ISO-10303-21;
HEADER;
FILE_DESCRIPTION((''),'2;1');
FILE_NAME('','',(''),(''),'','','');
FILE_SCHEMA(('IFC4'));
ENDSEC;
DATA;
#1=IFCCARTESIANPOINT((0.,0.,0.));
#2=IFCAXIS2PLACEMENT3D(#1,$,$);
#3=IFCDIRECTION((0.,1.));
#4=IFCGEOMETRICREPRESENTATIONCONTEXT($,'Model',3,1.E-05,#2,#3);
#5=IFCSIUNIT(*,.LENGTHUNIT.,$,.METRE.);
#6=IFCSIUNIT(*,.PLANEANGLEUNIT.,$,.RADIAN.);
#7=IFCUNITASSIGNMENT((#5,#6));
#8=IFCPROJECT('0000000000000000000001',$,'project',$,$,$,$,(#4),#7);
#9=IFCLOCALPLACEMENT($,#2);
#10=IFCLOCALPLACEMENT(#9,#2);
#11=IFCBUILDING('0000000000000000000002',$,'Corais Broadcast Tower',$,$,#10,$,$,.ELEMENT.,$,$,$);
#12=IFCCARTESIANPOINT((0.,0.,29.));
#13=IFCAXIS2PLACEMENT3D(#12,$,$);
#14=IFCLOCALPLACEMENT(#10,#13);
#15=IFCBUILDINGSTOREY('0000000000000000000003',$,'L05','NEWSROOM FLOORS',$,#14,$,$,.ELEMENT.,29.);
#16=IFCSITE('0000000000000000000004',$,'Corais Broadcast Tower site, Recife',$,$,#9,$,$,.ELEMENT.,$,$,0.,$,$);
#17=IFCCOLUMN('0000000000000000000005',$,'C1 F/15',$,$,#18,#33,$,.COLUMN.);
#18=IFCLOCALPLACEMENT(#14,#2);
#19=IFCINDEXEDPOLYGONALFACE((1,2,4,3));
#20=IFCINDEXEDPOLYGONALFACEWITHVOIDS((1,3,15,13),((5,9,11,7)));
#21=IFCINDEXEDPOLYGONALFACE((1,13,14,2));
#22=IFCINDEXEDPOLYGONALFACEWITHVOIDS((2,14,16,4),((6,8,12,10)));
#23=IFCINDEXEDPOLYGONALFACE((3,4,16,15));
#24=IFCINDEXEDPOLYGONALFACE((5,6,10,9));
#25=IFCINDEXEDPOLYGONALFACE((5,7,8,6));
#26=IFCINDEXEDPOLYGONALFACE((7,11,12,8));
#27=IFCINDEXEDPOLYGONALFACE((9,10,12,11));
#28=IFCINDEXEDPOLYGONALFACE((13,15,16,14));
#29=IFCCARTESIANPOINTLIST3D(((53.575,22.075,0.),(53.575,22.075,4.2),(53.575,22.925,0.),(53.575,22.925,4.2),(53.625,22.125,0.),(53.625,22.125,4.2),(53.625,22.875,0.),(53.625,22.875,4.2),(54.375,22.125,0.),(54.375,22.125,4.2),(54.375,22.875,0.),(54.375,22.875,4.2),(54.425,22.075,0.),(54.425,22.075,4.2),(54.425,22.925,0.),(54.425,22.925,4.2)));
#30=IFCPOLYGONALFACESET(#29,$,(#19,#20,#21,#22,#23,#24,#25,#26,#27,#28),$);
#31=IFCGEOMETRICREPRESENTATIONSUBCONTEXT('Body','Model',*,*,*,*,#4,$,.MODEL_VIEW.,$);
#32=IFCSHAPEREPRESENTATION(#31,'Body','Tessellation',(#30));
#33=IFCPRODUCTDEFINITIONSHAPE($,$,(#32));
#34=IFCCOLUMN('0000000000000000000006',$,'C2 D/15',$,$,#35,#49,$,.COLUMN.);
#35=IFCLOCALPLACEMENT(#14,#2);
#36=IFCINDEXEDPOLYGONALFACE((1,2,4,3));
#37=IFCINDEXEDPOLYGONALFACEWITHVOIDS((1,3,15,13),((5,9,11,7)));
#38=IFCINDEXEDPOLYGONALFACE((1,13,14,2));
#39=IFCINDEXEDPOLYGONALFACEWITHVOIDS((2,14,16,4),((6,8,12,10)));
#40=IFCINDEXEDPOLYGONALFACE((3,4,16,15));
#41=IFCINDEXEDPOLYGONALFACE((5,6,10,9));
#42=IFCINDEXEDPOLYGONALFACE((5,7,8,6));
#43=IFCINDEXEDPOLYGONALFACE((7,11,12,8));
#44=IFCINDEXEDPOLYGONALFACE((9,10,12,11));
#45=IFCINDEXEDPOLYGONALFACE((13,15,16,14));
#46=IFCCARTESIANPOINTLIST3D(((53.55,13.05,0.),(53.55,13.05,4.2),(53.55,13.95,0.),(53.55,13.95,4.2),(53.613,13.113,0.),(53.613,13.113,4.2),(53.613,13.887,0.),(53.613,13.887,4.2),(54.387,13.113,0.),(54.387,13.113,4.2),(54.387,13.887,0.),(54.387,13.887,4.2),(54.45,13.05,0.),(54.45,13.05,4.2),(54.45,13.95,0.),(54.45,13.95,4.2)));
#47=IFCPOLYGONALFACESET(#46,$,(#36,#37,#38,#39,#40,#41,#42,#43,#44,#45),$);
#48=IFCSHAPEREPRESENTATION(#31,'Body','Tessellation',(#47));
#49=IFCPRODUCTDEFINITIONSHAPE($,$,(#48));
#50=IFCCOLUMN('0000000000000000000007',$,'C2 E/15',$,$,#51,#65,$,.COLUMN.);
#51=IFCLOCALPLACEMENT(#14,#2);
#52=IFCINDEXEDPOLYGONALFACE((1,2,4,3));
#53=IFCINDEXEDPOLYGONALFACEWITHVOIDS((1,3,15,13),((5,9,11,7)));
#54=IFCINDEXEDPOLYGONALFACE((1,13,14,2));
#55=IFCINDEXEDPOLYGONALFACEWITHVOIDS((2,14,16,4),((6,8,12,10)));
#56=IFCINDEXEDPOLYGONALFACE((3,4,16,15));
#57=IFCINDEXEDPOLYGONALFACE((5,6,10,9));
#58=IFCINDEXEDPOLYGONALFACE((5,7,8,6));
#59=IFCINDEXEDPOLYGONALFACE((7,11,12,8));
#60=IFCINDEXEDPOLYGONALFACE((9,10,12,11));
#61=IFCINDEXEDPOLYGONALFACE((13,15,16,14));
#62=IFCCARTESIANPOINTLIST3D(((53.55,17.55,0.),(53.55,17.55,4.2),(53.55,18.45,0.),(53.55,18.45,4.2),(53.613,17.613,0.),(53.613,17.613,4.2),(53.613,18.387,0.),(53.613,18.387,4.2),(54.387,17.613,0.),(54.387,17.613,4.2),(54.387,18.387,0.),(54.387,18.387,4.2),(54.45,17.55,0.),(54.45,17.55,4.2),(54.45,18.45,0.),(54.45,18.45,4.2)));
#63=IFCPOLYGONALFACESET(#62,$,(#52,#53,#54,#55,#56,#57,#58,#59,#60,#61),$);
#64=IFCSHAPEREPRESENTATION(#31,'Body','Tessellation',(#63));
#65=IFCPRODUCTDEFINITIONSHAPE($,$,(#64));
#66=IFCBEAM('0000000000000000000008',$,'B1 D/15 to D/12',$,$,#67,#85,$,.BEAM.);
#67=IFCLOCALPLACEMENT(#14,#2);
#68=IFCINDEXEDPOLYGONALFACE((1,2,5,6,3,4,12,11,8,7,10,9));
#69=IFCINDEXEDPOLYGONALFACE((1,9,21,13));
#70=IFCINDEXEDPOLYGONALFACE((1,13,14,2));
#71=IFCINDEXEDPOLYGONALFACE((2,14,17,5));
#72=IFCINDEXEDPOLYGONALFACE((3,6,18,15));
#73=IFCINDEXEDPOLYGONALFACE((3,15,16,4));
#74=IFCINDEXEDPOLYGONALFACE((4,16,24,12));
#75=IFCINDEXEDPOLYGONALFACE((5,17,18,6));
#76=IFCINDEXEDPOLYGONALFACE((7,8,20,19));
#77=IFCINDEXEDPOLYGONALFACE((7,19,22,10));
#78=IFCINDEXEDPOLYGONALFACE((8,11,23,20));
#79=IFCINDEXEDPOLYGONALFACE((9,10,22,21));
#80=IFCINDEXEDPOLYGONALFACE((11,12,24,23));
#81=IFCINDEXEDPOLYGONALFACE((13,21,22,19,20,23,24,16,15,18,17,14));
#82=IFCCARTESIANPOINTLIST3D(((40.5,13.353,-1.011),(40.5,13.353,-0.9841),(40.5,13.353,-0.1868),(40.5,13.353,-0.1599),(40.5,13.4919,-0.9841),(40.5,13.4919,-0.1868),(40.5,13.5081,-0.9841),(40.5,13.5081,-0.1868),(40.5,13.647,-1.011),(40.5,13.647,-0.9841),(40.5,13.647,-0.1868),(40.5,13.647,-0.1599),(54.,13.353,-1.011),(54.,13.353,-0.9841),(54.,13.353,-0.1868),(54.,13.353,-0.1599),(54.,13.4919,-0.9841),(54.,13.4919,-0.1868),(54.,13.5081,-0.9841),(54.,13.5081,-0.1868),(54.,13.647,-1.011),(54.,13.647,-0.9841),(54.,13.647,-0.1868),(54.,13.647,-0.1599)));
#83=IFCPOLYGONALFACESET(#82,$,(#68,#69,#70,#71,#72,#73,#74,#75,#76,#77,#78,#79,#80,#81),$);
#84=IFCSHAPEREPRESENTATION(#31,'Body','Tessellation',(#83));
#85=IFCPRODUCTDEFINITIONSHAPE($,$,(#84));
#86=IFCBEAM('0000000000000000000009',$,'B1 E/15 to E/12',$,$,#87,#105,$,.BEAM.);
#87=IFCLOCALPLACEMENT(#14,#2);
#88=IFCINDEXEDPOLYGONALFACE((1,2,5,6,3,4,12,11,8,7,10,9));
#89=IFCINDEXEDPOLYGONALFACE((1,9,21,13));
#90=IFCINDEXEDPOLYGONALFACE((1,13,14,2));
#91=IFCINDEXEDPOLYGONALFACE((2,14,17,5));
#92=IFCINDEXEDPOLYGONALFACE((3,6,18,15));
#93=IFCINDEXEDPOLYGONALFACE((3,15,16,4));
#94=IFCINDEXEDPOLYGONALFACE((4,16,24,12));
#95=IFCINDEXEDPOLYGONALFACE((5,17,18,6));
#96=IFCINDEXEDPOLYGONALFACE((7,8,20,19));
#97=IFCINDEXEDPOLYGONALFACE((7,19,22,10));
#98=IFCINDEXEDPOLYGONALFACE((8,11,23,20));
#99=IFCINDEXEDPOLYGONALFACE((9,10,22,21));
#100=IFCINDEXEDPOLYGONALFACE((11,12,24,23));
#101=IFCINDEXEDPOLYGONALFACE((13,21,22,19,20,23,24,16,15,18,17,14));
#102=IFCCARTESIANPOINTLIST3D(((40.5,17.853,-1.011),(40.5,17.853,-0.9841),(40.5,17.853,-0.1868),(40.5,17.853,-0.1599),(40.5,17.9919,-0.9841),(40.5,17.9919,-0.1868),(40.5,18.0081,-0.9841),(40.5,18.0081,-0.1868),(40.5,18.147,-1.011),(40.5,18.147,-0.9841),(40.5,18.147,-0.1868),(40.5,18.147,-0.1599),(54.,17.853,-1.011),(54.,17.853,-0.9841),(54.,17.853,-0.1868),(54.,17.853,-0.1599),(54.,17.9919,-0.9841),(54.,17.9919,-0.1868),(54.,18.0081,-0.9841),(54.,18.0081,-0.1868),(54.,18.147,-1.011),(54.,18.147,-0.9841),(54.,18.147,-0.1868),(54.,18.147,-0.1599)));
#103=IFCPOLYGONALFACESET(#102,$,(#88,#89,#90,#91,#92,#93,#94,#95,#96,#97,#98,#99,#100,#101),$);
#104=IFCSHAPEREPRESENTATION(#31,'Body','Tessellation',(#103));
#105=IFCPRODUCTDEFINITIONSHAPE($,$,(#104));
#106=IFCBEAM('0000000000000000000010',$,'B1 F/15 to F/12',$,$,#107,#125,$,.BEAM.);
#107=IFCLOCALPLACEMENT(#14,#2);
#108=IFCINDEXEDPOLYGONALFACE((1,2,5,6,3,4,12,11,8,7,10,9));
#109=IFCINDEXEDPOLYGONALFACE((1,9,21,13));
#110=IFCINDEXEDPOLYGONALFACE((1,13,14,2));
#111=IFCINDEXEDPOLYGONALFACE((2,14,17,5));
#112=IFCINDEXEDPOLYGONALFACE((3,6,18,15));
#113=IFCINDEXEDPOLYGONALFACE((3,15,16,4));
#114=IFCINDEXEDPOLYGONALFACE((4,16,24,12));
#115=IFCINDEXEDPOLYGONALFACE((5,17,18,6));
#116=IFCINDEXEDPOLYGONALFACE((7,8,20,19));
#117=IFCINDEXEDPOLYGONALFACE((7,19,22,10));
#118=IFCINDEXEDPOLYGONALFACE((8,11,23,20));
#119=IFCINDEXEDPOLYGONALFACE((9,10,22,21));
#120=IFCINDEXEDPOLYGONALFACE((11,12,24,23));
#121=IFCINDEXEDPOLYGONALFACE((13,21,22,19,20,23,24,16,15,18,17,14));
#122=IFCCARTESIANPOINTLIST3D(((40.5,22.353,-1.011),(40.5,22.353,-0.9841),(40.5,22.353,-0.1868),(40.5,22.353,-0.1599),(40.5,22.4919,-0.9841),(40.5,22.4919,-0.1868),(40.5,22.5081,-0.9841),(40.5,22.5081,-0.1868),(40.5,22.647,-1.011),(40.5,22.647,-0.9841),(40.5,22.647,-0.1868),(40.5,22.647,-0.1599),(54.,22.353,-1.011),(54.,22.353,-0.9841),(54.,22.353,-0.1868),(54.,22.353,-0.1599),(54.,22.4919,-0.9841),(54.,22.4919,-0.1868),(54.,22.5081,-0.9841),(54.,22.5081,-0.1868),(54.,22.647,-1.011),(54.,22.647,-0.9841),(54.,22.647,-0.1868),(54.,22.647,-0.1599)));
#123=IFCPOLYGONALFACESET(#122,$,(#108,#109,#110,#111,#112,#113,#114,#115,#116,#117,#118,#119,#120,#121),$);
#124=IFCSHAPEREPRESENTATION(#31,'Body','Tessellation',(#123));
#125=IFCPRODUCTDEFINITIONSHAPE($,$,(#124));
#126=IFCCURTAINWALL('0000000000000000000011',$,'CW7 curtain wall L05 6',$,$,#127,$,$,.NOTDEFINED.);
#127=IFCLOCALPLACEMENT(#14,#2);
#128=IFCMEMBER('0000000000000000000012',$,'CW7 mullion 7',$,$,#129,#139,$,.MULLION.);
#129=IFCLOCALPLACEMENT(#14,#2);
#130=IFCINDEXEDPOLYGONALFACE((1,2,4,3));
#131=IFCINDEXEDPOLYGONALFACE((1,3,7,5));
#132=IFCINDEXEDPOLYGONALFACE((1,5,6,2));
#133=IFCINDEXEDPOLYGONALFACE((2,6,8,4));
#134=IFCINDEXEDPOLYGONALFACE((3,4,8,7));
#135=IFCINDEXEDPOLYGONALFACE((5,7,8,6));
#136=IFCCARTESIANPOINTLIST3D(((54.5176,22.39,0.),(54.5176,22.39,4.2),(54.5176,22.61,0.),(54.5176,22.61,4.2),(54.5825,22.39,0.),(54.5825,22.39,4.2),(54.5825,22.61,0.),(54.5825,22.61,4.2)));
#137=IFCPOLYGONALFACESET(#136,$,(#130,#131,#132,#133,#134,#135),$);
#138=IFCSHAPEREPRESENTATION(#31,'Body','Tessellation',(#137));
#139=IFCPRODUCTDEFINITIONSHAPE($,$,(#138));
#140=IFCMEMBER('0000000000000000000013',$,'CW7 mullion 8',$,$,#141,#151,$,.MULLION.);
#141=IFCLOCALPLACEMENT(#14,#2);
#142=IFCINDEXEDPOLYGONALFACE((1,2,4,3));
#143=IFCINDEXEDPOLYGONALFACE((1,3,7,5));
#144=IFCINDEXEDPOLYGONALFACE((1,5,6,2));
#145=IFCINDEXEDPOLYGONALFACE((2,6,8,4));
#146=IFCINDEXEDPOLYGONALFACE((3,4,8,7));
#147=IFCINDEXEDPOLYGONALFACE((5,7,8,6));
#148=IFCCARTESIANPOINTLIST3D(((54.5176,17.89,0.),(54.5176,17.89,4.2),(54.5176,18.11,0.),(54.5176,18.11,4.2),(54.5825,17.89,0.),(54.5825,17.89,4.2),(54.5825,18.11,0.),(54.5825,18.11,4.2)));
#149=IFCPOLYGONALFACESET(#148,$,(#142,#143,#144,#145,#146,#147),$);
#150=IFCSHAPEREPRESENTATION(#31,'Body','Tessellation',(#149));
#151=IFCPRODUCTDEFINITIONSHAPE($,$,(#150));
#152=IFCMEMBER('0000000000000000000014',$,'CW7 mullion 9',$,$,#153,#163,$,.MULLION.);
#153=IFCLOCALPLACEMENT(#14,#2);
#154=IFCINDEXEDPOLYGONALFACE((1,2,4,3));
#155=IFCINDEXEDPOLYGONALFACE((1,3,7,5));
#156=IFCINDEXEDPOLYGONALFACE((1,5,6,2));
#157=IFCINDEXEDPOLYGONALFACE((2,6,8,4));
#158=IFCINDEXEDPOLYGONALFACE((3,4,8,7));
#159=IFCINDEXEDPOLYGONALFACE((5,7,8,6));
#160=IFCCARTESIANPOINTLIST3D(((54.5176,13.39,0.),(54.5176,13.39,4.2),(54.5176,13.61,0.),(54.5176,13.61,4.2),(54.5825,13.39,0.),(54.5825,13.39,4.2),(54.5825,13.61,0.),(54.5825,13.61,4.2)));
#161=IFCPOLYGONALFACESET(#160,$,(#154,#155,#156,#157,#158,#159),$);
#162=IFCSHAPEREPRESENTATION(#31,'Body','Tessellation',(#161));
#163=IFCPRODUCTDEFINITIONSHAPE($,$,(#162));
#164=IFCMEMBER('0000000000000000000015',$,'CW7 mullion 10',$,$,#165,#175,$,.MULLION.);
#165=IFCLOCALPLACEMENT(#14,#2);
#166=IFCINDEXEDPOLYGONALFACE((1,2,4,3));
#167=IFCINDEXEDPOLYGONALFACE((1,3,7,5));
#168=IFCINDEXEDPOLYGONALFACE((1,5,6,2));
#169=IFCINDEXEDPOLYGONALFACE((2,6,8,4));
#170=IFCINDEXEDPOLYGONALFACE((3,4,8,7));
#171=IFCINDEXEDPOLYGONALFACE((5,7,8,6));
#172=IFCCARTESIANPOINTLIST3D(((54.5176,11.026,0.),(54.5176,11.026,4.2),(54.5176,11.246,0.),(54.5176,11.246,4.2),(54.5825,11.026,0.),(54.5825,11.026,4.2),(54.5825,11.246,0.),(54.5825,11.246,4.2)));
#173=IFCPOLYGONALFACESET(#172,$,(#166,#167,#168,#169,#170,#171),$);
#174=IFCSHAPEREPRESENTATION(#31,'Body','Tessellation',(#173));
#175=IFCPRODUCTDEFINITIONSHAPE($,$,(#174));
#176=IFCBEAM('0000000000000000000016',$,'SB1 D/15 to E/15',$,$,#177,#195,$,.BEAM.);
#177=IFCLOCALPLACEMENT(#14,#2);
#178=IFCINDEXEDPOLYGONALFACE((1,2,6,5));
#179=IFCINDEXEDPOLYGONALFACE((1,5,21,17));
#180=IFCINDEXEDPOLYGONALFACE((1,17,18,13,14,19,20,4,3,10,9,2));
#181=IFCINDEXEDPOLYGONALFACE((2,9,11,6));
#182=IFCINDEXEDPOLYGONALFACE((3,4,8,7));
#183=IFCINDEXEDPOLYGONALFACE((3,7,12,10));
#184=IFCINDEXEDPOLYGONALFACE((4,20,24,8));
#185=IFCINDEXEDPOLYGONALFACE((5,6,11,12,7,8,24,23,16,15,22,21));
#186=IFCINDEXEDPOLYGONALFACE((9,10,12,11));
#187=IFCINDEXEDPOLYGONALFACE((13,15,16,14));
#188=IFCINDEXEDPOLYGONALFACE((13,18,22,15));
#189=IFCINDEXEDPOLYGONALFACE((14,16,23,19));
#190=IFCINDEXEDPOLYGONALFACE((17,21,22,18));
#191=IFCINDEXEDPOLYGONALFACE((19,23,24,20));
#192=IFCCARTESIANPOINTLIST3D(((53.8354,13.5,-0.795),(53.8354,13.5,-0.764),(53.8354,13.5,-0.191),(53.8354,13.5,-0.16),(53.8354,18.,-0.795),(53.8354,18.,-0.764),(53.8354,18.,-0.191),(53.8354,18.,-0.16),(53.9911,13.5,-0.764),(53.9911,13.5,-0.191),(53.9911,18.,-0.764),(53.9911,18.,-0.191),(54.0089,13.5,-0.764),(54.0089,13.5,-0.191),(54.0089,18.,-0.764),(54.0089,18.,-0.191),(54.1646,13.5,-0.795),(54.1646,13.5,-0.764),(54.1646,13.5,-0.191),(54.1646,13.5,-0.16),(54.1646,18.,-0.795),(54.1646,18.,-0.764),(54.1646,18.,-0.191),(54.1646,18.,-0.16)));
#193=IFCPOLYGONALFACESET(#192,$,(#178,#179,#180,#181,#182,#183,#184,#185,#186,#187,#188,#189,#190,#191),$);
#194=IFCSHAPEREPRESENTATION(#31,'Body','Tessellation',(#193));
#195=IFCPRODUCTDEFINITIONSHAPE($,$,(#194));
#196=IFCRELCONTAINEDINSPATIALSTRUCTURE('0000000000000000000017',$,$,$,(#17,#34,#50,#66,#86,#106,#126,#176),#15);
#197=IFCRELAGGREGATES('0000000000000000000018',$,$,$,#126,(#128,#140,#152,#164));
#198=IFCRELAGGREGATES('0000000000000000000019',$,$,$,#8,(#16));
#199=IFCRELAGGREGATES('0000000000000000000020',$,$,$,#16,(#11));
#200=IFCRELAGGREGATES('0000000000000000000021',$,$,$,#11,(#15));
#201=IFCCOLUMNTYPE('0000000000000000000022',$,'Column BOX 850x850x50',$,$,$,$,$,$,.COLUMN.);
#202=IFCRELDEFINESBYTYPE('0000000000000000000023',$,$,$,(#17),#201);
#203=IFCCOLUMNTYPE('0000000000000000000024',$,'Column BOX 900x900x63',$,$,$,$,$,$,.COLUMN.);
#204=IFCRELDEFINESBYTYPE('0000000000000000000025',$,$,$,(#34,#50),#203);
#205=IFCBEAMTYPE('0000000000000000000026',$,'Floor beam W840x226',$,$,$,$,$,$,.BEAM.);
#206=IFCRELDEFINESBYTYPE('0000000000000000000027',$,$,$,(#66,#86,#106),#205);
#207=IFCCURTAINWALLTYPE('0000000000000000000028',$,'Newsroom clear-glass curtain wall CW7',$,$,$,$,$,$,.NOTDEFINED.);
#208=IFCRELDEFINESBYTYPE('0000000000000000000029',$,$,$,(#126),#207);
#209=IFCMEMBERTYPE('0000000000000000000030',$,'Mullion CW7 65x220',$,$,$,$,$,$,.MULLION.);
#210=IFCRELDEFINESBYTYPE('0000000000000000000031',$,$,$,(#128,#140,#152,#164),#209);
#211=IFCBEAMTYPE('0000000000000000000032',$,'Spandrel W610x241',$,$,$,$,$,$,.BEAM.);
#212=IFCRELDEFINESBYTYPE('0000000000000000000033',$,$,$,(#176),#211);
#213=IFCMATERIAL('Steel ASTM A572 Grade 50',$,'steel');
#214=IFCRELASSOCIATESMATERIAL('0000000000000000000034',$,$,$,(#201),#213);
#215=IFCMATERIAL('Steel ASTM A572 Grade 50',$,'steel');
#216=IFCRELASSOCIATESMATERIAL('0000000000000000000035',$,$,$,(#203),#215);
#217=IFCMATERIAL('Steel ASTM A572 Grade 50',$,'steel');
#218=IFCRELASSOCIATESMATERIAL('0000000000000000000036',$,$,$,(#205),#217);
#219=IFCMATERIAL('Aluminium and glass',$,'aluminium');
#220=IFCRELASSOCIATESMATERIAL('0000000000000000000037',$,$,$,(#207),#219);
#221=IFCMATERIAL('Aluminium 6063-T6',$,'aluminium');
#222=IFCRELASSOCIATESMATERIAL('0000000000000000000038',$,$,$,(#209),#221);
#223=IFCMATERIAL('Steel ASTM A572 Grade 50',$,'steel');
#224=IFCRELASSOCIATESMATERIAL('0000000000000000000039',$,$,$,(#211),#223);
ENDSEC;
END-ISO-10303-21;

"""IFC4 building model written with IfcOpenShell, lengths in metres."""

from ifc_helpers import new_model, si_unit, direction, frame, origin, origin_2d, place, context, subcontext, project, spatial, rectangle, hollow_rectangle, i_section, extrude, material, material_profile, profile_set, type_object, element, aggregate, save


model = new_model("IFC4")

# Units and contexts
model_context = context("Model", 3, precision=1e-05, world=origin(), true_north=direction((0.0, 1.0)))
body_context = subcontext(model_context, "Body", "Model", "MODEL_VIEW")
ifc_project = project(units=[si_unit("LENGTHUNIT", "METRE"), si_unit("PLANEANGLEUNIT", "RADIAN")], contexts=[model_context])

# Site, building, storey
site_placement = place(None, origin())
site = spatial("IfcSite", under=ifc_project, at=site_placement, Name="Corais Broadcast Tower site, Recife", CompositionType="ELEMENT", RefElevation=0.0)
building_placement = place(site_placement, origin())
building = spatial("IfcBuilding", under=site, at=building_placement, Name="Corais Broadcast Tower", CompositionType="ELEMENT")
storey_placement = place(building_placement, frame((0.0, 0.0, 29.0)))
storey = spatial("IfcBuildingStorey", under=building, at=storey_placement, Name="L05", Description="NEWSROOM FLOORS", CompositionType="ELEMENT", Elevation=29.0)

# Columns
ifc_material_1 = material(Name="Steel ASTM A572 Grade 50", Category="steel")
ifc_material_profile_1 = material_profile(ifc_material_1, hollow_rectangle(XDim=0.8501, YDim=0.8501, WallThickness=0.05, at=origin_2d()), Name="BOX 850x850x50")
ifc_profile_set_1 = profile_set([ifc_material_profile_1], Name="Steel ASTM A572 Grade 50")
column_type_1 = type_object("IfcColumnType", Name="Column BOX 850x850x50", PredefinedType="COLUMN", material=ifc_profile_set_1)
column_placement = place(storey_placement, frame((54.0, 22.5, 0.0), z_axis=(0.0, 0.0, 1.0), x_axis=(1.0, 0.0, 0.0)))
element("IfcColumn", 1, at=column_placement, inside=storey, type_object=column_type_1, Name="C1 F/15", PredefinedType="COLUMN", context=body_context, shape_type="SweptSolid", body=[
    extrude(hollow_rectangle(XDim=0.8501, YDim=0.8501, WallThickness=0.05, at=origin_2d()), origin(), (0.0, 0.0, 1.0), 4.2),
])
ifc_material_2 = material(Name="Steel ASTM A572 Grade 50", Category="steel")
ifc_material_profile_2 = material_profile(ifc_material_2, hollow_rectangle(XDim=0.8999, YDim=0.8999, WallThickness=0.063, at=origin_2d()), Name="BOX 900x900x63")
ifc_profile_set_2 = profile_set([ifc_material_profile_2], Name="Steel ASTM A572 Grade 50")
column_type_2 = type_object("IfcColumnType", Name="Column BOX 900x900x63", PredefinedType="COLUMN", material=ifc_profile_set_2)
for number, where, z_axis, x_axis, name in (
    (2, (54.0, 13.5, 0.0), (0.0, 0.0, 1.0), (1.0, 0.0, 0.0), "C2 D/15"),
    (3, (54.0, 18.0, 0.0), (0.0, 0.0, 1.0), (1.0, 0.0, 0.0), "C2 E/15"),
):
    element("IfcColumn", number, at=place(storey_placement, frame(where, z_axis=z_axis, x_axis=x_axis)), inside=storey, type_object=column_type_2, Name=name, PredefinedType="COLUMN", context=body_context, shape_type="SweptSolid", body=[
        extrude(hollow_rectangle(XDim=0.8999, YDim=0.8999, WallThickness=0.063, at=origin_2d()), origin(), (0.0, 0.0, 1.0), 4.2),
    ])

# Beams
ifc_material_3 = material(Name="Steel ASTM A572 Grade 50", Category="steel")
ifc_material_profile_3 = material_profile(ifc_material_3, i_section(OverallWidth=0.2939, OverallDepth=0.8511, WebThickness=0.0161, FlangeThickness=0.0269, at=origin_2d()), Name="W840x226")
ifc_profile_set_3 = profile_set([ifc_material_profile_3], Name="Steel ASTM A572 Grade 50")
beam_type_1 = type_object("IfcBeamType", Name="Floor beam W840x226", PredefinedType="BEAM", material=ifc_profile_set_3)
for number, where, z_axis, x_axis, name in (
    (4, (54.0, 13.5, -0.5854), (-1.0, 0.0, 0.0), (0.0, -1.0, 0.0), "B1 D/15 to D/12"),
    (5, (54.0, 18.0, -0.5854), (-1.0, 0.0, 0.0), (0.0, -1.0, 0.0), "B1 E/15 to E/12"),
    (6, (54.0, 22.5, -0.5854), (-1.0, 0.0, 0.0), (0.0, -1.0, 0.0), "B1 F/15 to F/12"),
):
    element("IfcBeam", number, at=place(storey_placement, frame(where, z_axis=z_axis, x_axis=x_axis)), inside=storey, type_object=beam_type_1, Name=name, PredefinedType="BEAM", context=body_context, shape_type="SweptSolid", body=[
        extrude(i_section(OverallWidth=0.2939, OverallDepth=0.8511, WebThickness=0.0161, FlangeThickness=0.0269, at=origin_2d()), origin(), (0.0, 0.0, 1.0), 13.5),
    ])

# Curtain wall, members
ifc_material_4 = material(Name="Aluminium and glass", Category="aluminium")
curtain_wall_type = type_object("IfcCurtainWallType", Name="Newsroom clear-glass curtain wall CW7", PredefinedType="NOTDEFINED", material=ifc_material_4)
curtain_wall_placement = place(storey_placement, origin())
curtain_wall = element("IfcCurtainWall", 7, at=curtain_wall_placement, inside=storey, type_object=curtain_wall_type, Name="CW7 curtain wall L05 6", PredefinedType="NOTDEFINED")
ifc_material_5 = material(Name="Aluminium 6063-T6", Category="aluminium")
ifc_material_profile_4 = material_profile(ifc_material_5, rectangle(XDim=0.0649, YDim=0.22, at=origin_2d()), Name="Mullion CW7 65x220")
ifc_profile_set_4 = profile_set([ifc_material_profile_4], Name="Aluminium 6063-T6")
member_type_1 = type_object("IfcMemberType", Name="Mullion CW7 65x220", PredefinedType="MULLION", material=ifc_profile_set_4)
member_1_placement = place(storey_placement, frame((54.55, 22.5, 0.0), z_axis=(0.0, 0.0, 1.0), x_axis=(1.0, 0.0, 0.0)))
member_1 = element("IfcMember", 8, at=member_1_placement, type_object=member_type_1, Name="CW7 mullion 7", PredefinedType="MULLION", context=body_context, shape_type="SweptSolid", body=[
    extrude(rectangle(XDim=0.0649, YDim=0.22, at=origin_2d()), origin(), (0.0, 0.0, 1.0), 4.2),
])
member_2_placement = place(storey_placement, frame((54.55, 18.0, 0.0), z_axis=(0.0, 0.0, 1.0), x_axis=(1.0, 0.0, 0.0)))
member_2 = element("IfcMember", 9, at=member_2_placement, type_object=member_type_1, Name="CW7 mullion 8", PredefinedType="MULLION", context=body_context, shape_type="SweptSolid", body=[
    extrude(rectangle(XDim=0.0649, YDim=0.22, at=origin_2d()), origin(), (0.0, 0.0, 1.0), 4.2),
])
member_3_placement = place(storey_placement, frame((54.55, 13.5, 0.0), z_axis=(0.0, 0.0, 1.0), x_axis=(1.0, 0.0, 0.0)))
member_3 = element("IfcMember", 10, at=member_3_placement, type_object=member_type_1, Name="CW7 mullion 9", PredefinedType="MULLION", context=body_context, shape_type="SweptSolid", body=[
    extrude(rectangle(XDim=0.0649, YDim=0.22, at=origin_2d()), origin(), (0.0, 0.0, 1.0), 4.2),
])
member_4_placement = place(storey_placement, frame((54.55, 11.136, 0.0), z_axis=(0.0, 0.0, 1.0), x_axis=(1.0, 0.0, 0.0)))
member_4 = element("IfcMember", 11, at=member_4_placement, type_object=member_type_1, Name="CW7 mullion 10", PredefinedType="MULLION", context=body_context, shape_type="SweptSolid", body=[
    extrude(rectangle(XDim=0.0649, YDim=0.22, at=origin_2d()), origin(), (0.0, 0.0, 1.0), 4.2),
])

# Beam
ifc_material_6 = material(Name="Steel ASTM A572 Grade 50", Category="steel")
ifc_material_profile_5 = material_profile(ifc_material_6, i_section(OverallWidth=0.3291, OverallDepth=0.635, WebThickness=0.0178, FlangeThickness=0.031, at=origin_2d()), Name="W610x241")
ifc_profile_set_5 = profile_set([ifc_material_profile_5], Name="Steel ASTM A572 Grade 50")
beam_type_2 = type_object("IfcBeamType", Name="Spandrel W610x241", PredefinedType="BEAM", material=ifc_profile_set_5)
for number, where, z_axis, x_axis, name in (
    (12, (54.0, 13.5, -0.4775), (0.0, 1.0, 0.0), (-1.0, 0.0, 0.0), "SB1 D/15 to E/15"),
):
    element("IfcBeam", number, at=place(storey_placement, frame(where, z_axis=z_axis, x_axis=x_axis)), inside=storey, type_object=beam_type_2, Name=name, PredefinedType="BEAM", context=body_context, shape_type="SweptSolid", body=[
        extrude(i_section(OverallWidth=0.3291, OverallDepth=0.635, WebThickness=0.0178, FlangeThickness=0.031, at=origin_2d()), origin(), (0.0, 0.0, 1.0), 4.5),
    ])

aggregate(curtain_wall, [member_1, member_2, member_3, member_4])

save(model, "model.ifc")
